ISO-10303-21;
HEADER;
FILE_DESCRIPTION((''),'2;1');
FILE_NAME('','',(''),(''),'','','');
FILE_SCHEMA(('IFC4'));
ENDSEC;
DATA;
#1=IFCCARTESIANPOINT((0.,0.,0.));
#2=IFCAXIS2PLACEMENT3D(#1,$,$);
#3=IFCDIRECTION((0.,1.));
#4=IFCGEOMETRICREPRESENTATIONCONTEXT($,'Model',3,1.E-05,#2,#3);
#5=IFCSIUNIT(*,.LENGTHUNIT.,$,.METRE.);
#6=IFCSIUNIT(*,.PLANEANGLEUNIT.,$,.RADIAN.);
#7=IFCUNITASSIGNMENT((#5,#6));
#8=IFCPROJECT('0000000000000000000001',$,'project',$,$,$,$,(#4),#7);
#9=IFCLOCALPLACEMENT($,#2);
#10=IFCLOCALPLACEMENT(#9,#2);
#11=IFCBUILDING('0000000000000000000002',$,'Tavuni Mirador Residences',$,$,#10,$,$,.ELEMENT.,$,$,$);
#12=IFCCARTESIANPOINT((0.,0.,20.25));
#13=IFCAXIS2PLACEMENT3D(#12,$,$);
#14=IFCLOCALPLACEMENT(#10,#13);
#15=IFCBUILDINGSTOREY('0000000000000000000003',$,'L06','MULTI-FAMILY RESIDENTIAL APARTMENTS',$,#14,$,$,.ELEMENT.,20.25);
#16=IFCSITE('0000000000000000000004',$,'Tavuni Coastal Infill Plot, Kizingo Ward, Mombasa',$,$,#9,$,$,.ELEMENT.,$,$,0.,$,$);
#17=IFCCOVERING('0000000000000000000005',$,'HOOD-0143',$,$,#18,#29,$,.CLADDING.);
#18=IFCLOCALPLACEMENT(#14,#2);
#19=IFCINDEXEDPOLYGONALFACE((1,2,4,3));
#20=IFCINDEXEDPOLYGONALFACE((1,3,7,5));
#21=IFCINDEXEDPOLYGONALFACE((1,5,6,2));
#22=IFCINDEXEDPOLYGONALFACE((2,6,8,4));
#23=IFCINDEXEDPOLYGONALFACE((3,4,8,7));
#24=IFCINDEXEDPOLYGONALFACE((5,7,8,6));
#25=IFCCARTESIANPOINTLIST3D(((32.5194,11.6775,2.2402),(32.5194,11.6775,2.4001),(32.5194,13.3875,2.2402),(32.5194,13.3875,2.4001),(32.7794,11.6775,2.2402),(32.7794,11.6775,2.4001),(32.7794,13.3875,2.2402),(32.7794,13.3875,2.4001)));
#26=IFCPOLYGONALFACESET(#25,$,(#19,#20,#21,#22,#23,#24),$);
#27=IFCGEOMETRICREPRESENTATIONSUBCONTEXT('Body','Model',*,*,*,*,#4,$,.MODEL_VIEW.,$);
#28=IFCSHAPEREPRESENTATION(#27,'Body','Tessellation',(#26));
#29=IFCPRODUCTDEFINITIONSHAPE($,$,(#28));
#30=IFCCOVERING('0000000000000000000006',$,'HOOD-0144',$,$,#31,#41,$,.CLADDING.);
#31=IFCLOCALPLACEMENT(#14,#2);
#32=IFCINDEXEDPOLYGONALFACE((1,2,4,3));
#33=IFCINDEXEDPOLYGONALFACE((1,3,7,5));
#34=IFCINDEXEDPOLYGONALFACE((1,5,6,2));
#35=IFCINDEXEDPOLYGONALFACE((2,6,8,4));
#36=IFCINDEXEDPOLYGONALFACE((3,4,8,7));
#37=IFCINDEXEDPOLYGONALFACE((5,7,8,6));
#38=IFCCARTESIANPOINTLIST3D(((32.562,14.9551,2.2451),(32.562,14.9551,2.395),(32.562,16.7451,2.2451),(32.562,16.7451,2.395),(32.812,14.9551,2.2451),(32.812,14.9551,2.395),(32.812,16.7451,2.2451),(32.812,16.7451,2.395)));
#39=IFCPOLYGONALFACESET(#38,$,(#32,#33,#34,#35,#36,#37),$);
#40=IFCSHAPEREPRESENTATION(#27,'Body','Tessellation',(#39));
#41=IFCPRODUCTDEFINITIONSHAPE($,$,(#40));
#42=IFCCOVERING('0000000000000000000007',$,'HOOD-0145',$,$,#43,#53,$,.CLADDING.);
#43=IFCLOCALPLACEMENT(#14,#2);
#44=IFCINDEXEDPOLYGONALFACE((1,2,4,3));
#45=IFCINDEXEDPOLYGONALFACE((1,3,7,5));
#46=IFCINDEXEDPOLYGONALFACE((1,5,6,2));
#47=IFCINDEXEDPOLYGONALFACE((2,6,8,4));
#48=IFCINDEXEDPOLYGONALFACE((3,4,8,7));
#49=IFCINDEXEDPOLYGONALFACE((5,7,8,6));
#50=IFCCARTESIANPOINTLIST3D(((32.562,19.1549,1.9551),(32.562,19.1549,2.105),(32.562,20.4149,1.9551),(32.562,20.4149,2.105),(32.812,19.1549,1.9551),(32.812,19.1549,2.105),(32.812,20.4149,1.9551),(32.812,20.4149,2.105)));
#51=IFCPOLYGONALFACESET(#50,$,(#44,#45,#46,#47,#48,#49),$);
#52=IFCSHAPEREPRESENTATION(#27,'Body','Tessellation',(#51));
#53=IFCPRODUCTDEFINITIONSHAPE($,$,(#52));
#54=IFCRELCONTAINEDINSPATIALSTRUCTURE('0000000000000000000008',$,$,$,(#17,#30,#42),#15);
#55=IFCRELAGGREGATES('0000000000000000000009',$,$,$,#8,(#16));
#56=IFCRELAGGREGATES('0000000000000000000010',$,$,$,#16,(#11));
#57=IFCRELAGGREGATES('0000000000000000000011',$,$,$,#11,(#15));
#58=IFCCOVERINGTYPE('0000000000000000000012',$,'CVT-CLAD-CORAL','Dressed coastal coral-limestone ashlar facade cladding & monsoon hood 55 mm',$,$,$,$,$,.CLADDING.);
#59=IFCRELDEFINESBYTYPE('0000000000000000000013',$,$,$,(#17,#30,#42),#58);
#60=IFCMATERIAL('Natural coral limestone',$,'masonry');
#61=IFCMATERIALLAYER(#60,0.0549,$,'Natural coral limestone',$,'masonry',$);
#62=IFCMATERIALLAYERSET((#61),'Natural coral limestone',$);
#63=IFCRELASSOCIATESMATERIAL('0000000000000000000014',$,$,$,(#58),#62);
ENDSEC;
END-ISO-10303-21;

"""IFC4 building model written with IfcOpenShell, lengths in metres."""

from ifc_helpers import new_model, si_unit, direction, frame, origin, origin_2d, place, context, subcontext, project, spatial, rectangle, extrude, material, layer, layer_set, type_object, element, save


model = new_model("IFC4")

# Units and contexts
model_context = context("Model", 3, precision=1e-05, world=origin(), true_north=direction((0.0, 1.0)))
body_context = subcontext(model_context, "Body", "Model", "MODEL_VIEW")
ifc_project = project(units=[si_unit("LENGTHUNIT", "METRE"), si_unit("PLANEANGLEUNIT", "RADIAN")], contexts=[model_context])

# Site, building, storey
site_placement = place(None, origin())
site = spatial("IfcSite", under=ifc_project, at=site_placement, Name="Tavuni Coastal Infill Plot, Kizingo Ward, Mombasa", CompositionType="ELEMENT", RefElevation=0.0)
building_placement = place(site_placement, origin())
building = spatial("IfcBuilding", under=site, at=building_placement, Name="Tavuni Mirador Residences", CompositionType="ELEMENT")
storey_placement = place(building_placement, frame((0.0, 0.0, 20.25)))
storey = spatial("IfcBuildingStorey", under=building, at=storey_placement, Name="L06", Description="MULTI-FAMILY RESIDENTIAL APARTMENTS", CompositionType="ELEMENT", Elevation=20.25)

# Coverings
ifc_material_1 = material(Name="Natural coral limestone", Category="masonry")
ifc_layer_1 = layer(ifc_material_1, 0.0549, Name="Natural coral limestone", Category="masonry")
ifc_layer_set_1 = layer_set([ifc_layer_1], Name="Natural coral limestone")
covering_type = type_object("IfcCoveringType", Name="CVT-CLAD-CORAL", Description="Dressed coastal coral-limestone ashlar facade cladding & monsoon hood 55 mm", PredefinedType="CLADDING", material=ifc_layer_set_1)
covering_1_placement = place(storey_placement, frame((32.6494, 12.5325, 2.2402), z_axis=(0.0, 0.0, 1.0), x_axis=(0.0, 1.0, 0.0)))
element("IfcCovering", 1, at=covering_1_placement, inside=storey, type_object=covering_type, Name="HOOD-0143", PredefinedType="CLADDING", context=body_context, shape_type="SweptSolid", body=[
    extrude(rectangle(XDim=1.71, YDim=0.26, at=origin_2d()), origin(), (0.0, 0.0, 1.0), 0.1599),
])
covering_2_placement = place(storey_placement, frame((32.687, 15.8501, 2.2451), z_axis=(0.0, 0.0, 1.0), x_axis=(0.0, 1.0, 0.0)))
element("IfcCovering", 2, at=covering_2_placement, inside=storey, type_object=covering_type, Name="HOOD-0144", PredefinedType="CLADDING", context=body_context, shape_type="SweptSolid", body=[
    extrude(rectangle(XDim=1.79, YDim=0.25, at=origin_2d()), origin(), (0.0, 0.0, 1.0), 0.1499),
])
covering_3_placement = place(storey_placement, frame((32.687, 19.7849, 1.9551), z_axis=(0.0, 0.0, 1.0), x_axis=(0.0, 1.0, 0.0)))
element("IfcCovering", 3, at=covering_3_placement, inside=storey, type_object=covering_type, Name="HOOD-0145", PredefinedType="CLADDING", context=body_context, shape_type="SweptSolid", body=[
    extrude(rectangle(XDim=1.26, YDim=0.25, at=origin_2d()), origin(), (0.0, 0.0, 1.0), 0.1499),
])

save(model, "model.ifc")
